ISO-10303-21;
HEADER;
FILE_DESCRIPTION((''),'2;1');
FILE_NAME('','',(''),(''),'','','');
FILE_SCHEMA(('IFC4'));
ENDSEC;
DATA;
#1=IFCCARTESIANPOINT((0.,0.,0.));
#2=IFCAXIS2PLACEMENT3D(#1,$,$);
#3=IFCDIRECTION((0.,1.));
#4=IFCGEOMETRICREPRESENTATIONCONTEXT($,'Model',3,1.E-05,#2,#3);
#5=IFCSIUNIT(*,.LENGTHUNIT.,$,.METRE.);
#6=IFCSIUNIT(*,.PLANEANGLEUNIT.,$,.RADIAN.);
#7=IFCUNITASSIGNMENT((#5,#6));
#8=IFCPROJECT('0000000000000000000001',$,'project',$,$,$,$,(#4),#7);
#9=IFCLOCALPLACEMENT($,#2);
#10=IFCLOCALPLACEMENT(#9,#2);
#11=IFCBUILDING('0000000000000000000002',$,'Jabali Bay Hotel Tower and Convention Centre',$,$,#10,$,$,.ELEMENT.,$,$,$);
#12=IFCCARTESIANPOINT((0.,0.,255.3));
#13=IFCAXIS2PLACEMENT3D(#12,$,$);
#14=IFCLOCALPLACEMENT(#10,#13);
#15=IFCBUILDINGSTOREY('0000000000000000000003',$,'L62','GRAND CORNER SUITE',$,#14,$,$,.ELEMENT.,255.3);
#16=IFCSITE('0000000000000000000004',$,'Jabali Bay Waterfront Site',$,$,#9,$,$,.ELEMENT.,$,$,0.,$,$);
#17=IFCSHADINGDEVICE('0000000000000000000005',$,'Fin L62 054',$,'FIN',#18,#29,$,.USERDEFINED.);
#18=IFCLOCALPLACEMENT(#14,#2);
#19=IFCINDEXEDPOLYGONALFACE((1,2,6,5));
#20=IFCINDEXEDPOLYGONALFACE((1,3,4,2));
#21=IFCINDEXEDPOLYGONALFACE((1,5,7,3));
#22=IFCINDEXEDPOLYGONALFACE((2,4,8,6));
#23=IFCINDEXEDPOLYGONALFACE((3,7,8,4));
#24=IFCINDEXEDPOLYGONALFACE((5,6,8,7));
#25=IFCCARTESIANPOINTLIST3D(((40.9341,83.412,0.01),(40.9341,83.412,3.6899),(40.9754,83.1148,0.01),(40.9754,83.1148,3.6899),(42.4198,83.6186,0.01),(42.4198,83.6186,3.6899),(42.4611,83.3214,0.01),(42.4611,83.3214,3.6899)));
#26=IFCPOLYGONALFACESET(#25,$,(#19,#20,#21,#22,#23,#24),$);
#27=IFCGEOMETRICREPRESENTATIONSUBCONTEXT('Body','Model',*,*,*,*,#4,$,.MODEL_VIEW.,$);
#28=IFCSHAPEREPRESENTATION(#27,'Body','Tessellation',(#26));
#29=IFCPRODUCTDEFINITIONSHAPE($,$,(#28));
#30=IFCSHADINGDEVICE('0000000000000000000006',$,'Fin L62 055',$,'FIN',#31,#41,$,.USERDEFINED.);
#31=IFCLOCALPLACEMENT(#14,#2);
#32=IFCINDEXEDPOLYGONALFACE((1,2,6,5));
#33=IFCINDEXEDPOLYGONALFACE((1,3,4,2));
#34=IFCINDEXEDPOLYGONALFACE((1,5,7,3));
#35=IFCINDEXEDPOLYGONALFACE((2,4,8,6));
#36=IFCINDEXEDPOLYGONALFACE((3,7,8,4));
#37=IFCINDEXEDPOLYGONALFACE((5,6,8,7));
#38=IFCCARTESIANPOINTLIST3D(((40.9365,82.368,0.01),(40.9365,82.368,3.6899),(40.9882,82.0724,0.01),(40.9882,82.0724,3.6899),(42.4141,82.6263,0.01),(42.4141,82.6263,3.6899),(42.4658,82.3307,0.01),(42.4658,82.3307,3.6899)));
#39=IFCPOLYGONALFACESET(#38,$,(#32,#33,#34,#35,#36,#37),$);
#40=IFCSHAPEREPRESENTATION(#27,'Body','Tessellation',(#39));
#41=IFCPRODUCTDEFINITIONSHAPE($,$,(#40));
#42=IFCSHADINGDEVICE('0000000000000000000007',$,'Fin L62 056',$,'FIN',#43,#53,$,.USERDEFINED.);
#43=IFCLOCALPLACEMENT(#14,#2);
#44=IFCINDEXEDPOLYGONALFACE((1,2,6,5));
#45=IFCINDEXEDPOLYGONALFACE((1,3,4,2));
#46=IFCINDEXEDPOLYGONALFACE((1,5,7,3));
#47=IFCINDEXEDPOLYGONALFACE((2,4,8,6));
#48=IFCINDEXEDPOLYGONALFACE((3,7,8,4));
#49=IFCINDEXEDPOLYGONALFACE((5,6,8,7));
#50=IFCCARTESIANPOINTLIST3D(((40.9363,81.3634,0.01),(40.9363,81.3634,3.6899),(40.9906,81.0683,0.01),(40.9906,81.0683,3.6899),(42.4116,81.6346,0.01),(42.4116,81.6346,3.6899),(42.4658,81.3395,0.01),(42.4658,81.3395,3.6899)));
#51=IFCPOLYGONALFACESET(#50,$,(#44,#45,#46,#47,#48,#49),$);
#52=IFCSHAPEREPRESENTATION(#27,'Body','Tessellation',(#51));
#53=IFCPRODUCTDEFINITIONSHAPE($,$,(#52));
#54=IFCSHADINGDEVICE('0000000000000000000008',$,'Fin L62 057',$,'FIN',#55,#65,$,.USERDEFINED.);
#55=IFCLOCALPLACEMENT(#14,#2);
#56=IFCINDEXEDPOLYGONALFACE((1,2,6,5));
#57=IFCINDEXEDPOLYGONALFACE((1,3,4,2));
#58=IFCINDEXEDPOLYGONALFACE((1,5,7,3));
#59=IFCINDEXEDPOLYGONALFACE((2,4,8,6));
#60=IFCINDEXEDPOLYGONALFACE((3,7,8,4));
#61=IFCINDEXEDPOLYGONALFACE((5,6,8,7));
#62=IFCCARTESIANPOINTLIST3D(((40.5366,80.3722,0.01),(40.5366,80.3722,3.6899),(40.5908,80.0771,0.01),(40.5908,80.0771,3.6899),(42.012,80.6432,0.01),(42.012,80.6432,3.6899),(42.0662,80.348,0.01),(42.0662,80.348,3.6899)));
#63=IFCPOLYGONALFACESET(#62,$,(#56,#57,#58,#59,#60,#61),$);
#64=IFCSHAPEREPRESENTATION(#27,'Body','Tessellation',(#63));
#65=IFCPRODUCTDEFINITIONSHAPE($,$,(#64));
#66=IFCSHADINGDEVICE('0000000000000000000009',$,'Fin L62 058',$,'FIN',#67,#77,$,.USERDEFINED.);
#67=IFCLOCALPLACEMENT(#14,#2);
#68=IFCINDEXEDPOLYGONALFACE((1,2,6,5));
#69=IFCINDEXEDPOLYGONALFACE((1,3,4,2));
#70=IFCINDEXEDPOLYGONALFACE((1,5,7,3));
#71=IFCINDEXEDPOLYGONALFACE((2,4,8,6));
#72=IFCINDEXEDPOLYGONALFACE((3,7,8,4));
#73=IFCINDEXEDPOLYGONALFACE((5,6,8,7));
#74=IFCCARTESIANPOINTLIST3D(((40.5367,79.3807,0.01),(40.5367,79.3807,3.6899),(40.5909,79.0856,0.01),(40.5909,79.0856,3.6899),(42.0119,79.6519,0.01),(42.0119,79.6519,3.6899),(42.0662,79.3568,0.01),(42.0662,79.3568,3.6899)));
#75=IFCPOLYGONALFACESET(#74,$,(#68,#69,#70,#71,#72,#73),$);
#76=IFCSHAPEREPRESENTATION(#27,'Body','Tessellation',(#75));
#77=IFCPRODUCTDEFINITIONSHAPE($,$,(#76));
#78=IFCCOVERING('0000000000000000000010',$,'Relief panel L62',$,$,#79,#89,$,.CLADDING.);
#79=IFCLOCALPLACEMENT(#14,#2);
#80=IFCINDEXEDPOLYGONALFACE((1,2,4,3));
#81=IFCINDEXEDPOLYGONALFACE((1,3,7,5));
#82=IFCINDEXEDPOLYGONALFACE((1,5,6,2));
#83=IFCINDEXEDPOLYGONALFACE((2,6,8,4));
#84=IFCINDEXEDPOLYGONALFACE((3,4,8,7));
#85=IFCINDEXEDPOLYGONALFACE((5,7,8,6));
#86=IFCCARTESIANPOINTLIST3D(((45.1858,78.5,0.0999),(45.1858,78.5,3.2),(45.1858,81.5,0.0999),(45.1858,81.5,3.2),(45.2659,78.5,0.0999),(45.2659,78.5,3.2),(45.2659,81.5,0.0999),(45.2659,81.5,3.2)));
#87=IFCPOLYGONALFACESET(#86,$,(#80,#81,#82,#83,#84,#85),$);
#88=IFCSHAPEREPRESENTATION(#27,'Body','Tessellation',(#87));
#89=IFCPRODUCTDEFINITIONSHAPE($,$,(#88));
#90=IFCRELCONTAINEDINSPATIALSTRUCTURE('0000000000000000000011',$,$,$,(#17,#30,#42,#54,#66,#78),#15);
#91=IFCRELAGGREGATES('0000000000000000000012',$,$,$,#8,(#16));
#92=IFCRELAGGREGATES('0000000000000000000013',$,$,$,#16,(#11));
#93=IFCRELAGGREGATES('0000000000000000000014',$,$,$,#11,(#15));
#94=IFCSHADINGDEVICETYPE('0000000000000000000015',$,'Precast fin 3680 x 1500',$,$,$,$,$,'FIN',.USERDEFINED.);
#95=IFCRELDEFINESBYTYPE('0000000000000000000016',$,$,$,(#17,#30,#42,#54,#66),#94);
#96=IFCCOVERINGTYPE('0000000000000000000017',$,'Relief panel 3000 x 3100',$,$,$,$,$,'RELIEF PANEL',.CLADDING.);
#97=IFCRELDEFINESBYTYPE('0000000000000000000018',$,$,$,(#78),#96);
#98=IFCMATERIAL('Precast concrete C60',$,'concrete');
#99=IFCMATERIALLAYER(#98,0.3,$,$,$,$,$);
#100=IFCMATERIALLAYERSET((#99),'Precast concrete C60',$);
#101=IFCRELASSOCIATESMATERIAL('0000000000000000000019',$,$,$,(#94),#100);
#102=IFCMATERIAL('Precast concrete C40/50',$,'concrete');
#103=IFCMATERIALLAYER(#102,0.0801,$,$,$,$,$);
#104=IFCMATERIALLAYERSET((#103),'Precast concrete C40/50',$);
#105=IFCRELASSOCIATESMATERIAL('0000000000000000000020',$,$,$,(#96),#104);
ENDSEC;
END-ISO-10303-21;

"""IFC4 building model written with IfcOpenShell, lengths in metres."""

from ifc_helpers import new_model, si_unit, direction, frame, frame_2d, origin, origin_2d, place, context, subcontext, project, spatial, rectangle, extrude, material, layer, layer_set, type_object, element, save


model = new_model("IFC4")

# Units and contexts
model_context = context("Model", 3, precision=1e-05, world=origin(), true_north=direction((0.0, 1.0)))
body_context = subcontext(model_context, "Body", "Model", "MODEL_VIEW")
ifc_project = project(units=[si_unit("LENGTHUNIT", "METRE"), si_unit("PLANEANGLEUNIT", "RADIAN")], contexts=[model_context])

# Site, building, storey
site_placement = place(None, origin())
site = spatial("IfcSite", under=ifc_project, at=site_placement, Name="Jabali Bay Waterfront Site", CompositionType="ELEMENT", RefElevation=0.0)
building_placement = place(site_placement, origin())
building = spatial("IfcBuilding", under=site, at=building_placement, Name="Jabali Bay Hotel Tower and Convention Centre", CompositionType="ELEMENT")
storey_placement = place(building_placement, frame((0.0, 0.0, 255.3)))
storey = spatial("IfcBuildingStorey", under=building, at=storey_placement, Name="L62", Description="GRAND CORNER SUITE", CompositionType="ELEMENT", Elevation=255.3)

# Shading devices
ifc_material_1 = material(Name="Precast concrete C60", Category="concrete")
ifc_layer_1 = layer(ifc_material_1, 0.3)
ifc_layer_set_1 = layer_set([ifc_layer_1], Name="Precast concrete C60")
shading_device_type_1 = type_object("IfcShadingDeviceType", Name="Precast fin 3680 x 1500", ElementType="FIN", PredefinedType="USERDEFINED", material=ifc_layer_set_1)
for number, where, z_axis, x_axis, name in (
    (1, (42.4404, 83.47, 0.01), (0.0, 0.0, 1.0), (-0.990473, -0.137706, 0.0), "Fin L62 054"),
    (2, (42.4399, 82.4785, 0.01), (0.0, 0.0, 1.0), (-0.985061, -0.172207, 0.0), "Fin L62 055"),
    (3, (42.4387, 81.4871, 0.01), (0.0, 0.0, 1.0), (-0.983516, -0.180819, 0.0), "Fin L62 056"),
    (4, (42.0391, 80.4956, 0.01), (0.0, 0.0, 1.0), (-0.983545, -0.180661, 0.0), "Fin L62 057"),
    (5, (42.0391, 79.5044, 0.01), (0.0, 0.0, 1.0), (-0.983516, -0.180819, 0.0), "Fin L62 058"),
):
    element("IfcShadingDevice", number, at=place(storey_placement, frame(where, z_axis=z_axis, x_axis=x_axis)), inside=storey, type_object=shading_device_type_1, Name=name, ObjectType="FIN", PredefinedType="USERDEFINED", context=body_context, shape_type="SweptSolid", body=[
        extrude(rectangle(XDim=1.5, YDim=0.3, at=frame_2d((0.75, 0.0))), origin(), (0.0, 0.0, 1.0), 3.6799),
    ])

# Covering
ifc_material_2 = material(Name="Precast concrete C40/50", Category="concrete")
ifc_layer_2 = layer(ifc_material_2, 0.0801)
ifc_layer_set_2 = layer_set([ifc_layer_2], Name="Precast concrete C40/50")
covering_type = type_object("IfcCoveringType", Name="Relief panel 3000 x 3100", ElementType="RELIEF PANEL", PredefinedType="CLADDING", material=ifc_layer_set_2)
covering_placement = place(storey_placement, frame((45.2258, 80.0, 0.0999), z_axis=(0.0, 0.0, 1.0), x_axis=(0.0, 1.0, 0.0)))
element("IfcCovering", 6, at=covering_placement, inside=storey, type_object=covering_type, Name="Relief panel L62", PredefinedType="CLADDING", context=body_context, shape_type="SweptSolid", body=[
    extrude(rectangle(XDim=3.0, YDim=0.0801, at=origin_2d()), origin(), (0.0, 0.0, 1.0), 3.1001),
])

save(model, "model.ifc")
